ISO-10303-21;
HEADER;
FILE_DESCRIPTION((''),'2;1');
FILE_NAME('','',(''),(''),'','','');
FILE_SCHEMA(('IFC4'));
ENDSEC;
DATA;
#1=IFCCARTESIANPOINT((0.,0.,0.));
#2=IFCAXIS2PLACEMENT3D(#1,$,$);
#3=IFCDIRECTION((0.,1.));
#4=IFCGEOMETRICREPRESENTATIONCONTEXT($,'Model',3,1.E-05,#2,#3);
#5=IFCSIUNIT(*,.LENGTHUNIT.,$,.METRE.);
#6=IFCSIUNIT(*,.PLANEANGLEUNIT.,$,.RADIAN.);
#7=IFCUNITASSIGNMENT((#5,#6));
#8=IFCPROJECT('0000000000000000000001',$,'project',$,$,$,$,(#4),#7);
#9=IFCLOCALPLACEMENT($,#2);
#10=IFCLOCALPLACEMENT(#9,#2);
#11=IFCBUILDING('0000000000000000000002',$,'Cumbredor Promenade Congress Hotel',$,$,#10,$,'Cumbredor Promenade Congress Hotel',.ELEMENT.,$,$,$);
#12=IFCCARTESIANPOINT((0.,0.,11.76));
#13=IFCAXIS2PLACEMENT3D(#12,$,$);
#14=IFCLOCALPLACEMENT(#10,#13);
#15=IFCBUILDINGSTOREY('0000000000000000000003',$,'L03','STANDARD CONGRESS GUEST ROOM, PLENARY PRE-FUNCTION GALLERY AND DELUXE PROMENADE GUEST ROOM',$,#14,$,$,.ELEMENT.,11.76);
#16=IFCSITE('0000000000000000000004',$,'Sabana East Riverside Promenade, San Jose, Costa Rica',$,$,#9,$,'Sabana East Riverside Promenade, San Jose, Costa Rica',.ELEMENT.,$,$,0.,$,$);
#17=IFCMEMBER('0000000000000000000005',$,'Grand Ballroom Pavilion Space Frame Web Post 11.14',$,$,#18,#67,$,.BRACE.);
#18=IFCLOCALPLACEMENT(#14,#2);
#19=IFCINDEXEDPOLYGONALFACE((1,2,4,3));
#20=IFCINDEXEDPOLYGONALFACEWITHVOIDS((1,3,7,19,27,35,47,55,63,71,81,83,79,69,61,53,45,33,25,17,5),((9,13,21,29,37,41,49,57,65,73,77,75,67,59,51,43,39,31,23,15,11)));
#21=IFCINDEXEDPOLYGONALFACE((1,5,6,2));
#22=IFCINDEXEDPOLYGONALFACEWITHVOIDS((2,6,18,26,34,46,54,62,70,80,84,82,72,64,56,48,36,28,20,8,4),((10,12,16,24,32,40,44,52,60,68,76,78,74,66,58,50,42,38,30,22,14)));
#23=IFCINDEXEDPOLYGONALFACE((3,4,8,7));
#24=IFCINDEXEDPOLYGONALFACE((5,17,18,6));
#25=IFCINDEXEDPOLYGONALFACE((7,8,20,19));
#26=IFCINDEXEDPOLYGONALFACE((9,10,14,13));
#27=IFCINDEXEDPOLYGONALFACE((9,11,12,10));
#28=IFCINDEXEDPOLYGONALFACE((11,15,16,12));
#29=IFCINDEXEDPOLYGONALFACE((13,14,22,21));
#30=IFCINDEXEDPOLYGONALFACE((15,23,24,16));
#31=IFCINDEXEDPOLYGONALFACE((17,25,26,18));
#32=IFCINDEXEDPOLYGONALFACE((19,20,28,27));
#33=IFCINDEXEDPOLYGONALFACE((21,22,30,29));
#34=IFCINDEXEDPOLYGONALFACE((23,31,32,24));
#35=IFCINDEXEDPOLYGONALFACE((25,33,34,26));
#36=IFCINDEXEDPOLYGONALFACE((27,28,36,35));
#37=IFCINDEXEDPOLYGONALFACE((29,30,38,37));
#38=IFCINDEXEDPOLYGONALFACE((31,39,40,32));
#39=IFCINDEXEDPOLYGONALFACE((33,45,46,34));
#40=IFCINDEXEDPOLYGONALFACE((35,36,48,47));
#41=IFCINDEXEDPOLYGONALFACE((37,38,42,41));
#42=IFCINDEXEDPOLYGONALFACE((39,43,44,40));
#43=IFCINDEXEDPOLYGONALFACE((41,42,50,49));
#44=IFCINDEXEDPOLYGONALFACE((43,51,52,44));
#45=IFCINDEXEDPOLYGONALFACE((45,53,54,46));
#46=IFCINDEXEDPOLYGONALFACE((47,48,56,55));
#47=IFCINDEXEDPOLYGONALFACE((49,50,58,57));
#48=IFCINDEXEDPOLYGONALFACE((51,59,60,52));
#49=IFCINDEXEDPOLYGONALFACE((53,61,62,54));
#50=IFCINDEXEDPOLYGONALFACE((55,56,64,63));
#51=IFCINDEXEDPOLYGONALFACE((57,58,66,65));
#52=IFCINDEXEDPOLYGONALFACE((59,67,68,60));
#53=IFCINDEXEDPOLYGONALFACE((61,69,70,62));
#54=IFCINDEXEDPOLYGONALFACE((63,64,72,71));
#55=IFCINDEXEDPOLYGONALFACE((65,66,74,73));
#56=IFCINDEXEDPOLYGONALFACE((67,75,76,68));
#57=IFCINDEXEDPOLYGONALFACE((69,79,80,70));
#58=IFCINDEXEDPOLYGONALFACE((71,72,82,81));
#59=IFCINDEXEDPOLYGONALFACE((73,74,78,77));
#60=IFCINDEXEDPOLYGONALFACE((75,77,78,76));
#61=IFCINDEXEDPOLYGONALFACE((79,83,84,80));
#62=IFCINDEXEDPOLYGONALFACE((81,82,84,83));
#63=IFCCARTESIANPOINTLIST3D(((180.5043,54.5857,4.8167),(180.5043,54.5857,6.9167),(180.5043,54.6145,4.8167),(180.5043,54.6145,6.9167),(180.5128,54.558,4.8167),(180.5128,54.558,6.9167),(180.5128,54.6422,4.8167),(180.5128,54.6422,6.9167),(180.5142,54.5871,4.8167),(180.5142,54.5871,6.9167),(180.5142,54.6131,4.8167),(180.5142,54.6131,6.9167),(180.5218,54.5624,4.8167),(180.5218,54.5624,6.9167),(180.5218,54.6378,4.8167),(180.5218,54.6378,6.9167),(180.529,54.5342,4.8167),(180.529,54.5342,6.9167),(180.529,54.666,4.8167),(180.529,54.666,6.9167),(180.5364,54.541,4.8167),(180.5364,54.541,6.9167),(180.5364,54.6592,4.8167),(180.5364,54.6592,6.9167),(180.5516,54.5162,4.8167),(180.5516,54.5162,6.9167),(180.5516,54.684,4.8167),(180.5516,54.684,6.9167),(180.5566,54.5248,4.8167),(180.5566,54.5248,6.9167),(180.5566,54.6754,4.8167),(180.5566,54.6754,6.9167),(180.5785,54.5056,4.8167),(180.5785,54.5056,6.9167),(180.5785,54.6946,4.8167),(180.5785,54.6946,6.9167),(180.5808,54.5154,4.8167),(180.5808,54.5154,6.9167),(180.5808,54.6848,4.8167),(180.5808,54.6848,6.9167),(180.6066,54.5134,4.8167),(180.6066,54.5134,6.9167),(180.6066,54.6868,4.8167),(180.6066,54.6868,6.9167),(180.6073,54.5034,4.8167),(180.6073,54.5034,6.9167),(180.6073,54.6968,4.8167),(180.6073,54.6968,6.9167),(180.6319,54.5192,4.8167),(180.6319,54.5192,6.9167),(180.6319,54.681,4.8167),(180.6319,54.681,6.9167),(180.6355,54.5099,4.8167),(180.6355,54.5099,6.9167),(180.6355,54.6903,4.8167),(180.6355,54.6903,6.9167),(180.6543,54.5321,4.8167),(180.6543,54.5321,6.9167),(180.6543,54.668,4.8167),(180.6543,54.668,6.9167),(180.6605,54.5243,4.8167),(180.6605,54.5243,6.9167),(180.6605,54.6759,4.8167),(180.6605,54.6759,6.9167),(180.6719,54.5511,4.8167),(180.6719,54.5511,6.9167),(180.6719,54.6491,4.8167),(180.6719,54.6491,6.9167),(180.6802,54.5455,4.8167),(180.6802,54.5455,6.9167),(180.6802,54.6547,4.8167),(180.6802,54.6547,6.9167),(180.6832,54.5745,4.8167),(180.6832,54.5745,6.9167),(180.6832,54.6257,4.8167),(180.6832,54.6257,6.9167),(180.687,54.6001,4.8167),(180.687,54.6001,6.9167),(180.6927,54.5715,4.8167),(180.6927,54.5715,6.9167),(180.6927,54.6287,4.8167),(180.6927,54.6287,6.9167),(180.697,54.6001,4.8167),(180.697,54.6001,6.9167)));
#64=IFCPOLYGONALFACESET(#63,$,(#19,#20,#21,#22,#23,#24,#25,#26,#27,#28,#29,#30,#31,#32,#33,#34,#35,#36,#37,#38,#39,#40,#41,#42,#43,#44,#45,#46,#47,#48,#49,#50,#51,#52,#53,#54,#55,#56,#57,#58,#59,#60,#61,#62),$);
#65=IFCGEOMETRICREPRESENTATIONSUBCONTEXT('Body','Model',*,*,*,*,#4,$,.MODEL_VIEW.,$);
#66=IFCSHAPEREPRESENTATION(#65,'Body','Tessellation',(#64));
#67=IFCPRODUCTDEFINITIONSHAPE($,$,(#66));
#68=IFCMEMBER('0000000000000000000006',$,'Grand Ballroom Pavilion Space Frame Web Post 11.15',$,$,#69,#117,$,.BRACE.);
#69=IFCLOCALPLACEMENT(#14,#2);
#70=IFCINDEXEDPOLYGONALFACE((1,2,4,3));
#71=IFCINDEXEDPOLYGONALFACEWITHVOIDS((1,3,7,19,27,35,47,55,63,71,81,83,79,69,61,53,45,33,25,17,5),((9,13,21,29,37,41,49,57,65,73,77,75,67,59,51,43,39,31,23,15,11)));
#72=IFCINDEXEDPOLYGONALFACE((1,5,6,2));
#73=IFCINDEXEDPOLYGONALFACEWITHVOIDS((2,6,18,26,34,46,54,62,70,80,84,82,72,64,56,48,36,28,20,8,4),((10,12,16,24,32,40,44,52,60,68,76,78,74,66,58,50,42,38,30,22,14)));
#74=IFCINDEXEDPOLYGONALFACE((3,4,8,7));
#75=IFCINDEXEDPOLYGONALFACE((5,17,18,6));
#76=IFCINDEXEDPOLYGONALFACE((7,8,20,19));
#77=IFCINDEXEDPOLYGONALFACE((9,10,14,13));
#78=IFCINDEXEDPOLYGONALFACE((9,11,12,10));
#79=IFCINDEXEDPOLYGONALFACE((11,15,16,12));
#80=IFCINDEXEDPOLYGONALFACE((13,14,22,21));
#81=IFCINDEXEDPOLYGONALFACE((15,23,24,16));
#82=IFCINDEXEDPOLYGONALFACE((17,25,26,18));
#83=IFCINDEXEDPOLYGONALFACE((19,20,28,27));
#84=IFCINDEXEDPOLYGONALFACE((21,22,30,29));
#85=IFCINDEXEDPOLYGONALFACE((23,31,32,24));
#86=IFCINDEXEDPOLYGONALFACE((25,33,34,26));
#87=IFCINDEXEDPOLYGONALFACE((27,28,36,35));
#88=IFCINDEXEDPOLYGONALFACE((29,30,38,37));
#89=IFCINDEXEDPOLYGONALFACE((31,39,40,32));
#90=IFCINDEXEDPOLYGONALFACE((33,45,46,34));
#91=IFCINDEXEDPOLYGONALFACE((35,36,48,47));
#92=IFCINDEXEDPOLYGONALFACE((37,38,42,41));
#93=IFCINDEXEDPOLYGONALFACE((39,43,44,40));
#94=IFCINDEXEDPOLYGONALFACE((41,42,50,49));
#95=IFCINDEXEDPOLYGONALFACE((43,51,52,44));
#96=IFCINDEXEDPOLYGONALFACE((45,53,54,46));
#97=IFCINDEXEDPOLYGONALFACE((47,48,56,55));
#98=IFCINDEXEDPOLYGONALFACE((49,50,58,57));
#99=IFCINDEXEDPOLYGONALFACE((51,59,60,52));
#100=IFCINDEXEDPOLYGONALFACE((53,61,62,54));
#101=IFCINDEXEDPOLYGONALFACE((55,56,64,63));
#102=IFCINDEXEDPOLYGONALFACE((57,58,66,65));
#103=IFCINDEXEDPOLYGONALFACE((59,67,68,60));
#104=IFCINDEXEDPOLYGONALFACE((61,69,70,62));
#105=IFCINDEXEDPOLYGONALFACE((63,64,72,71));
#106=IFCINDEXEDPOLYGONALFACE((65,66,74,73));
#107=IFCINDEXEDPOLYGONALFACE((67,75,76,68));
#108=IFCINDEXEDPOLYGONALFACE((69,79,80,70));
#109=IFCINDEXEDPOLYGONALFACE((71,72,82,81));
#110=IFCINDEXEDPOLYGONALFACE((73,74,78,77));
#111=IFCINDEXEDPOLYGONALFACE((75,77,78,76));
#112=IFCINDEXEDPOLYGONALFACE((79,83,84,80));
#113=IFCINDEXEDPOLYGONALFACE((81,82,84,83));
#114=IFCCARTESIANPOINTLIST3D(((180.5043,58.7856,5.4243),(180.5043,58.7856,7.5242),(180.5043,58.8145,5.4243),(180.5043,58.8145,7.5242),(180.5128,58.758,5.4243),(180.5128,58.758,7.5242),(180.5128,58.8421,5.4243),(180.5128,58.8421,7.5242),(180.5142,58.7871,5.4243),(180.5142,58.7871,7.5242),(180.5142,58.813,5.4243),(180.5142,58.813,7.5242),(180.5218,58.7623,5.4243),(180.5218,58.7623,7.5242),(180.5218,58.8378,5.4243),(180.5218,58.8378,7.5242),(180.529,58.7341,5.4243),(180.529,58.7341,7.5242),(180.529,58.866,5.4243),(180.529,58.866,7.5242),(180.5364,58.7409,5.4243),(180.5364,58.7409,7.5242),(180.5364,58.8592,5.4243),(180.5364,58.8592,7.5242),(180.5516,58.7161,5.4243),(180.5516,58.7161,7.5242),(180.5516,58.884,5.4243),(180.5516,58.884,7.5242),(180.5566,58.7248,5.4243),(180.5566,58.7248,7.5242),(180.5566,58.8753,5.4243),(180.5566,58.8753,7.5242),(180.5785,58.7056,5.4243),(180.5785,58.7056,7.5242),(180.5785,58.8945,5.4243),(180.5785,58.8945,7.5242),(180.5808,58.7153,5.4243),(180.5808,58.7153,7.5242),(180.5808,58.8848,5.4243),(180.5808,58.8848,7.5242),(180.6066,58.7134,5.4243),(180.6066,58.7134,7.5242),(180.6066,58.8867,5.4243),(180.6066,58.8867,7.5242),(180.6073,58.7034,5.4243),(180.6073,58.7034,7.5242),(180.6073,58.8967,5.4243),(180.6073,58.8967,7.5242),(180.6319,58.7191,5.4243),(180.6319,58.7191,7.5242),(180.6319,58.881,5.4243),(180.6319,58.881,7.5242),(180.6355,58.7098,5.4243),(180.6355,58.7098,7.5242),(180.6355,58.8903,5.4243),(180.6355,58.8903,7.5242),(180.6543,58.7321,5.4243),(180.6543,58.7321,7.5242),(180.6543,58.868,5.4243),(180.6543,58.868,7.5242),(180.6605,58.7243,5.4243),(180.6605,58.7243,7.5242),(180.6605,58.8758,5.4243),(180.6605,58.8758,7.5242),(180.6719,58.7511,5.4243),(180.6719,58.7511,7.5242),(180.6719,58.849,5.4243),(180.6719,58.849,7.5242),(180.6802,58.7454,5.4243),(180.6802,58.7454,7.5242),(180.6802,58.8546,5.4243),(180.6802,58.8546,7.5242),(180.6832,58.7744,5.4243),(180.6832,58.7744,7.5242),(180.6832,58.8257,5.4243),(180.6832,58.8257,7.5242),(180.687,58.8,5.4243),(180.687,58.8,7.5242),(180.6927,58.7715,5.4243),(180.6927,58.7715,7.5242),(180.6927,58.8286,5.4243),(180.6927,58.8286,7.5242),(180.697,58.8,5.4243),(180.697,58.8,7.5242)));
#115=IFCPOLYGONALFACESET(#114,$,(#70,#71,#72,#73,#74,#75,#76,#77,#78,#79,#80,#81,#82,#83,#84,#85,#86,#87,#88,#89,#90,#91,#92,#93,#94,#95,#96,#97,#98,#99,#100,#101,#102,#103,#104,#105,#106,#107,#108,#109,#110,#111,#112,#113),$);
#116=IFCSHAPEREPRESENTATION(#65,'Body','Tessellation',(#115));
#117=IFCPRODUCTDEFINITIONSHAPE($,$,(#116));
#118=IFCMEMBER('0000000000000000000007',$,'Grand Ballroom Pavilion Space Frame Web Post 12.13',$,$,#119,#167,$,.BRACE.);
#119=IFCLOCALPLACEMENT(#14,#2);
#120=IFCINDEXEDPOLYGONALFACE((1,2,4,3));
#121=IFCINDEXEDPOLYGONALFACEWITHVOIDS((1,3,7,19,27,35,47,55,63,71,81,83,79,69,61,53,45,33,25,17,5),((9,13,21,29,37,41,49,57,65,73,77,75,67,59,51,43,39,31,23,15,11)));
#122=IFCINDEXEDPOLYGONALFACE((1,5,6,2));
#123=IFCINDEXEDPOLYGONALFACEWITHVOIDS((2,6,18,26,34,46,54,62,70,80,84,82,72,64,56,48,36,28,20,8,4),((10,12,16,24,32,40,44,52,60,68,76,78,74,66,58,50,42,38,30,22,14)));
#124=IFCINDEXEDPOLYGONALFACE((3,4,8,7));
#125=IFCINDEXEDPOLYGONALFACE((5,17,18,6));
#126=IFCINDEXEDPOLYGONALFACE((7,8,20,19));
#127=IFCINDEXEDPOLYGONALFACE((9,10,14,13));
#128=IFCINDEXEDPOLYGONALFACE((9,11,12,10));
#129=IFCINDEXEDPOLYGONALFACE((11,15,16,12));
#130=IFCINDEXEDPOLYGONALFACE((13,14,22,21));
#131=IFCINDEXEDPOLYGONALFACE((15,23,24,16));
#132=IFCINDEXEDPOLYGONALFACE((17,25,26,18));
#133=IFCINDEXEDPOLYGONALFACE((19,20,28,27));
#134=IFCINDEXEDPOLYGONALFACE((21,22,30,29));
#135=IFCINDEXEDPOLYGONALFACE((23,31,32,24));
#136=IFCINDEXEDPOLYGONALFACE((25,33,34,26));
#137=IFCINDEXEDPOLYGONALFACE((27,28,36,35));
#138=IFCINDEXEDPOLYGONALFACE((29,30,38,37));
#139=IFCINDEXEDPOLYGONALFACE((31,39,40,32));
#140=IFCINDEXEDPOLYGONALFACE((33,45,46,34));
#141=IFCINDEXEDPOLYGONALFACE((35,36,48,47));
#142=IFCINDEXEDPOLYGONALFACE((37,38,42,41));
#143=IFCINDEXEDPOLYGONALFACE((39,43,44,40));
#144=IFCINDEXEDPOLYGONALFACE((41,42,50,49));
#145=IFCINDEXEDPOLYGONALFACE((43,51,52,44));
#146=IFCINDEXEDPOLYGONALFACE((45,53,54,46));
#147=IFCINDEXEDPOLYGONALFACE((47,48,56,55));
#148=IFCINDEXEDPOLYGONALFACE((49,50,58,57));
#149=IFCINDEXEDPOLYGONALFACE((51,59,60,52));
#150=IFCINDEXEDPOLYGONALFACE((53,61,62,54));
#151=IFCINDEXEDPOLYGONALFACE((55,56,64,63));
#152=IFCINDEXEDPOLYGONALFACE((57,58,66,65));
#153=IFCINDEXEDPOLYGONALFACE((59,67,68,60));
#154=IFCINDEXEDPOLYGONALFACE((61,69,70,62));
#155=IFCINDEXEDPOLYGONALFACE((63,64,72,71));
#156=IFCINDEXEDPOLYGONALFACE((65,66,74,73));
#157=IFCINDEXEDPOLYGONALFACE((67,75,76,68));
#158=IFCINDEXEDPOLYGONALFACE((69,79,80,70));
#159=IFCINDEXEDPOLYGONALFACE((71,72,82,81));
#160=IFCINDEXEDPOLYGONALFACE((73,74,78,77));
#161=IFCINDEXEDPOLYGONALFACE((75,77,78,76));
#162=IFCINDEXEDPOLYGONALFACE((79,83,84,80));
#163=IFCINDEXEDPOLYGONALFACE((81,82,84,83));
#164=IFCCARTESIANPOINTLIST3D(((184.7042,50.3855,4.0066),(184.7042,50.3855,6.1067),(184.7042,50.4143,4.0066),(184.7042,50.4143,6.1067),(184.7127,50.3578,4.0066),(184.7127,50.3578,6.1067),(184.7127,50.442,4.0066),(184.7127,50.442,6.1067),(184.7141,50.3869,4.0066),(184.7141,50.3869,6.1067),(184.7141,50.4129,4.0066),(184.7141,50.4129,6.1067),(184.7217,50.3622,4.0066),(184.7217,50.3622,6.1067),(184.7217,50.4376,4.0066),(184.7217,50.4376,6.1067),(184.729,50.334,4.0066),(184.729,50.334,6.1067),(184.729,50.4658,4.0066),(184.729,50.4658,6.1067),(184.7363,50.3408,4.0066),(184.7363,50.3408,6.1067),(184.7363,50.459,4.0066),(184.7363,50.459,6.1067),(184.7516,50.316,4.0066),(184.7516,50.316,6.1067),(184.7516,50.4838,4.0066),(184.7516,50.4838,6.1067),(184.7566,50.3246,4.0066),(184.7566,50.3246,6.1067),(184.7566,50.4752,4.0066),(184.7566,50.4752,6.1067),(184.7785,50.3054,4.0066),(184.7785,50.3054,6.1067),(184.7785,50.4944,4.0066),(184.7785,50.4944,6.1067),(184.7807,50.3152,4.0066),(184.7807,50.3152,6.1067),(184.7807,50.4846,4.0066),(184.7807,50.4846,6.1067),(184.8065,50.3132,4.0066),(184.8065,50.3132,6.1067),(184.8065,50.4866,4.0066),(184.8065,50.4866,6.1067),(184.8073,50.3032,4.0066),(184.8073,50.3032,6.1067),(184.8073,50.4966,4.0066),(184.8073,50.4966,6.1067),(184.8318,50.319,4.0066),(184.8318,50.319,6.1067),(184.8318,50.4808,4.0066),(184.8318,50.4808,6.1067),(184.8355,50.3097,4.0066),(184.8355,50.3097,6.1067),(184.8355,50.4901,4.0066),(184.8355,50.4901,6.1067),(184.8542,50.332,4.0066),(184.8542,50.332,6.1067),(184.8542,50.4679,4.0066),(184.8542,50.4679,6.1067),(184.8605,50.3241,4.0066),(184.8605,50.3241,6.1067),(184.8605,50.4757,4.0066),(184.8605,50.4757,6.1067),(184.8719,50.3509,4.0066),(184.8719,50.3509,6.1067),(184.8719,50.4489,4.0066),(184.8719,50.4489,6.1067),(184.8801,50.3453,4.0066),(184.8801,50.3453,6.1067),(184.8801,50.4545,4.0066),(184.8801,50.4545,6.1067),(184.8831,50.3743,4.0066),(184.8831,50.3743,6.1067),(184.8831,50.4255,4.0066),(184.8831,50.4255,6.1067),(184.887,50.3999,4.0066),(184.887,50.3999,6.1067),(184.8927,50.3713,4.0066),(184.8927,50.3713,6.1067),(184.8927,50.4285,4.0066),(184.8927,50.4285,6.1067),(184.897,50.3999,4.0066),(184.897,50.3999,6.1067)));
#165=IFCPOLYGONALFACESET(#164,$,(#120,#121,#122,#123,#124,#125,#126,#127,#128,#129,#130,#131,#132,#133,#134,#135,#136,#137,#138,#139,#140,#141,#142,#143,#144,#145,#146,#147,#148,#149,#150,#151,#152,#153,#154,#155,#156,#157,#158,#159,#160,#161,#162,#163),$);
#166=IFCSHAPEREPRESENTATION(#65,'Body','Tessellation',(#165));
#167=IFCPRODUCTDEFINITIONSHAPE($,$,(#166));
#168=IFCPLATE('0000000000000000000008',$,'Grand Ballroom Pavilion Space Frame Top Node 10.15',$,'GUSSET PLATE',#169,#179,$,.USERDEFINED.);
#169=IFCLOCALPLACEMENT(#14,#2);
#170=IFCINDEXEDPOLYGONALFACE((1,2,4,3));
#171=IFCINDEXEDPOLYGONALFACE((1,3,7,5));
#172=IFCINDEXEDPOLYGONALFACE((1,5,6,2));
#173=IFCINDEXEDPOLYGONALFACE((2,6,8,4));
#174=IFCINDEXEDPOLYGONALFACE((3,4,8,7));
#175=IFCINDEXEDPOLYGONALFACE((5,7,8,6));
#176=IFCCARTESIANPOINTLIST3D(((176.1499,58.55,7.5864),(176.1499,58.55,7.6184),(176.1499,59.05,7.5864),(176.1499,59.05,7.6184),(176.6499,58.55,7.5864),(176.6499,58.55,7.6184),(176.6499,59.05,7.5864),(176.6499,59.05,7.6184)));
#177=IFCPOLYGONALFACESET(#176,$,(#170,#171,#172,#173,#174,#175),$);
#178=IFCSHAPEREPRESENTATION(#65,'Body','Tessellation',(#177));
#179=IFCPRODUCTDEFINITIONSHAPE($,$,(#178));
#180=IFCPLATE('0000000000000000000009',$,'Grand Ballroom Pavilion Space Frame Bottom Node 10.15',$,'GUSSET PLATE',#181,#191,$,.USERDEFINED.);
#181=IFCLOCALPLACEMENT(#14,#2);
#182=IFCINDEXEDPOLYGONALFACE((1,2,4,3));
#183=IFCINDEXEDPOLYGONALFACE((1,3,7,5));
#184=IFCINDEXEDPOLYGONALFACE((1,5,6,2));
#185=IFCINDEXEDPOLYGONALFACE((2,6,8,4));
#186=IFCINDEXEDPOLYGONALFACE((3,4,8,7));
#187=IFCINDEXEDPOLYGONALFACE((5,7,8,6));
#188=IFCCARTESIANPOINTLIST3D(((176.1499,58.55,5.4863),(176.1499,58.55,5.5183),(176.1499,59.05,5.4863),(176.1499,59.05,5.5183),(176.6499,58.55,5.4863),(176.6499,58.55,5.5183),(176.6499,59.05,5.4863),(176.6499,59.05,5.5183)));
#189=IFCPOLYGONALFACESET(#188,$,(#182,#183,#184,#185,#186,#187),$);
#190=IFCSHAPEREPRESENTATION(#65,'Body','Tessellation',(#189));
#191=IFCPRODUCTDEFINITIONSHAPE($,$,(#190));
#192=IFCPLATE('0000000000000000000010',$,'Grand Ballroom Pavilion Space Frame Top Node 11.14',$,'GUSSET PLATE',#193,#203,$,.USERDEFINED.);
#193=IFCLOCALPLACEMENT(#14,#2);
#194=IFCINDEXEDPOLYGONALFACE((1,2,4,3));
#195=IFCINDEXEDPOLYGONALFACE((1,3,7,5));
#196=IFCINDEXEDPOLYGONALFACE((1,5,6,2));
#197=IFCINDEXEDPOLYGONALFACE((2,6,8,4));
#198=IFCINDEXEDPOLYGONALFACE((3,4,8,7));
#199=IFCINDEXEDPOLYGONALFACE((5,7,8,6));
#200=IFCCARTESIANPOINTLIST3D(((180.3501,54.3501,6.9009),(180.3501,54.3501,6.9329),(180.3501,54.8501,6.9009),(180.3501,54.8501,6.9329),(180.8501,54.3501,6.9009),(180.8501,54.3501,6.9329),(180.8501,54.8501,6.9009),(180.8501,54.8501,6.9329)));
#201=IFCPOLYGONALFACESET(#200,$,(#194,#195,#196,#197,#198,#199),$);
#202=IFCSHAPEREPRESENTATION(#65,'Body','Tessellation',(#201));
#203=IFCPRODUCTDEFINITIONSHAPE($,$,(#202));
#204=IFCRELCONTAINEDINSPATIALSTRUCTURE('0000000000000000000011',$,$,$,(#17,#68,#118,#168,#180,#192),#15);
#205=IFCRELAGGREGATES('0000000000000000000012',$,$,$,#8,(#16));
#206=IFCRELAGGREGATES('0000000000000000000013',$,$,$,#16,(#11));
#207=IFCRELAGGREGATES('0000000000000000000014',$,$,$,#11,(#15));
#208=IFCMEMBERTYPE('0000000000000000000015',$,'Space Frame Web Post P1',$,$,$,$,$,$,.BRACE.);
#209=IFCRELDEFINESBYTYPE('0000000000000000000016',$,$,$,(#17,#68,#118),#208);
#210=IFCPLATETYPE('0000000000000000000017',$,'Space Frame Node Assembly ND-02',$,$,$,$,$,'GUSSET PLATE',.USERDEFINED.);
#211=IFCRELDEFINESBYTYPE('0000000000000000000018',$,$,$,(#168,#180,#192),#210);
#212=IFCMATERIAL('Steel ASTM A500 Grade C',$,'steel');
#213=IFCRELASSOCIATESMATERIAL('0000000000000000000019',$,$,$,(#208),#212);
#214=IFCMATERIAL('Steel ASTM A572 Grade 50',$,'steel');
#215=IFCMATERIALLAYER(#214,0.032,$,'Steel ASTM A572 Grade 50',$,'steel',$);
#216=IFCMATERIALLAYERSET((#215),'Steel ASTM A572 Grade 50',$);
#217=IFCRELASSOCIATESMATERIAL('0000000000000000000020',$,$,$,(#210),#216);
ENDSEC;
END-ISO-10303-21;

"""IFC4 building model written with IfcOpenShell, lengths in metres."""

from ifc_helpers import new_model, si_unit, direction, frame, origin, origin_2d, place, context, subcontext, project, spatial, rectangle, hollow_circle, extrude, material, layer, layer_set, material_profile, profile_set, type_object, element, save


model = new_model("IFC4")

# Units and contexts
model_context = context("Model", 3, precision=1e-05, world=origin(), true_north=direction((0.0, 1.0)))
body_context = subcontext(model_context, "Body", "Model", "MODEL_VIEW")
ifc_project = project(units=[si_unit("LENGTHUNIT", "METRE"), si_unit("PLANEANGLEUNIT", "RADIAN")], contexts=[model_context])

# Site, building, storey
site_placement = place(None, origin())
site = spatial("IfcSite", under=ifc_project, at=site_placement, Name="Sabana East Riverside Promenade, San Jose, Costa Rica", LongName="Sabana East Riverside Promenade, San Jose, Costa Rica", CompositionType="ELEMENT", RefElevation=0.0)
building_placement = place(site_placement, origin())
building = spatial("IfcBuilding", under=site, at=building_placement, Name="Cumbredor Promenade Congress Hotel", LongName="Cumbredor Promenade Congress Hotel", CompositionType="ELEMENT")
storey_placement = place(building_placement, frame((0.0, 0.0, 11.76)))
storey = spatial("IfcBuildingStorey", under=building, at=storey_placement, Name="L03", Description="STANDARD CONGRESS GUEST ROOM, PLENARY PRE-FUNCTION GALLERY AND DELUXE PROMENADE GUEST ROOM", CompositionType="ELEMENT", Elevation=11.76)

# Members
ifc_material_1 = material(Name="Steel ASTM A500 Grade C", Category="steel")
ifc_material_profile_1 = material_profile(ifc_material_1, hollow_circle(Radius=0.0969, WallThickness=0.01, at=origin_2d()), Name="CHS 193.7x10")
ifc_profile_set_1 = profile_set([ifc_material_profile_1], Name="Steel ASTM A500 Grade C")
member_type_1 = type_object("IfcMemberType", Name="Space Frame Web Post P1", PredefinedType="BRACE", material=ifc_profile_set_1)
for number, where, z_axis, x_axis, name in (
    (1, (180.6001, 54.6001, 4.8167), (0.0, 0.0, 1.0), (1.0, 0.0, 0.0), "Grand Ballroom Pavilion Space Frame Web Post 11.14"),
):
    element("IfcMember", number, at=place(storey_placement, frame(where, z_axis=z_axis, x_axis=x_axis)), inside=storey, type_object=member_type_1, Name=name, PredefinedType="BRACE", context=body_context, shape_type="SweptSolid", body=[
        extrude(hollow_circle(Radius=0.0969, WallThickness=0.01, at=origin_2d()), origin(), (0.0, 0.0, 1.0), 2.1001),
    ])
member_1_placement = place(storey_placement, frame((180.6001, 58.8, 5.4243), z_axis=(0.0, 0.0, 1.0), x_axis=(1.0, 0.0, 0.0)))
element("IfcMember", 2, at=member_1_placement, inside=storey, type_object=member_type_1, Name="Grand Ballroom Pavilion Space Frame Web Post 11.15", PredefinedType="BRACE", context=body_context, shape_type="SweptSolid", body=[
    extrude(hollow_circle(Radius=0.0969, WallThickness=0.01, at=origin_2d()), origin(), (0.0, 0.0, 1.0), 2.0999),
])
member_2_placement = place(storey_placement, frame((184.8, 50.3999, 4.0066), z_axis=(0.0, 0.0, 1.0), x_axis=(1.0, 0.0, 0.0)))
element("IfcMember", 3, at=member_2_placement, inside=storey, type_object=member_type_1, Name="Grand Ballroom Pavilion Space Frame Web Post 12.13", PredefinedType="BRACE", context=body_context, shape_type="SweptSolid", body=[
    extrude(hollow_circle(Radius=0.0969, WallThickness=0.01, at=origin_2d()), origin(), (0.0, 0.0, 1.0), 2.1001),
])

# Plates
ifc_material_2 = material(Name="Steel ASTM A572 Grade 50", Category="steel")
ifc_layer = layer(ifc_material_2, 0.032, Name="Steel ASTM A572 Grade 50", Category="steel")
ifc_layer_set = layer_set([ifc_layer], Name="Steel ASTM A572 Grade 50")
plate_type = type_object("IfcPlateType", Name="Space Frame Node Assembly ND-02", ElementType="GUSSET PLATE", PredefinedType="USERDEFINED", material=ifc_layer_set)
for number, where, z_axis, x_axis, name in (
    (4, (176.3999, 58.8, 7.5864), (0.0, 0.0, 1.0), (1.0, 0.0, 0.0), "Grand Ballroom Pavilion Space Frame Top Node 10.15"),
    (5, (176.3999, 58.8, 5.4863), (0.0, 0.0, 1.0), (1.0, 0.0, 0.0), "Grand Ballroom Pavilion Space Frame Bottom Node 10.15"),
    (6, (180.6001, 54.6001, 6.9009), (0.0, 0.0, 1.0), (1.0, 0.0, 0.0), "Grand Ballroom Pavilion Space Frame Top Node 11.14"),
):
    element("IfcPlate", number, at=place(storey_placement, frame(where, z_axis=z_axis, x_axis=x_axis)), inside=storey, type_object=plate_type, Name=name, ObjectType="GUSSET PLATE", PredefinedType="USERDEFINED", context=body_context, shape_type="SweptSolid", body=[
        extrude(rectangle(XDim=0.5, YDim=0.5, at=origin_2d()), origin(), (0.0, 0.0, 1.0), 0.032),
    ])

save(model, "model.ifc")
